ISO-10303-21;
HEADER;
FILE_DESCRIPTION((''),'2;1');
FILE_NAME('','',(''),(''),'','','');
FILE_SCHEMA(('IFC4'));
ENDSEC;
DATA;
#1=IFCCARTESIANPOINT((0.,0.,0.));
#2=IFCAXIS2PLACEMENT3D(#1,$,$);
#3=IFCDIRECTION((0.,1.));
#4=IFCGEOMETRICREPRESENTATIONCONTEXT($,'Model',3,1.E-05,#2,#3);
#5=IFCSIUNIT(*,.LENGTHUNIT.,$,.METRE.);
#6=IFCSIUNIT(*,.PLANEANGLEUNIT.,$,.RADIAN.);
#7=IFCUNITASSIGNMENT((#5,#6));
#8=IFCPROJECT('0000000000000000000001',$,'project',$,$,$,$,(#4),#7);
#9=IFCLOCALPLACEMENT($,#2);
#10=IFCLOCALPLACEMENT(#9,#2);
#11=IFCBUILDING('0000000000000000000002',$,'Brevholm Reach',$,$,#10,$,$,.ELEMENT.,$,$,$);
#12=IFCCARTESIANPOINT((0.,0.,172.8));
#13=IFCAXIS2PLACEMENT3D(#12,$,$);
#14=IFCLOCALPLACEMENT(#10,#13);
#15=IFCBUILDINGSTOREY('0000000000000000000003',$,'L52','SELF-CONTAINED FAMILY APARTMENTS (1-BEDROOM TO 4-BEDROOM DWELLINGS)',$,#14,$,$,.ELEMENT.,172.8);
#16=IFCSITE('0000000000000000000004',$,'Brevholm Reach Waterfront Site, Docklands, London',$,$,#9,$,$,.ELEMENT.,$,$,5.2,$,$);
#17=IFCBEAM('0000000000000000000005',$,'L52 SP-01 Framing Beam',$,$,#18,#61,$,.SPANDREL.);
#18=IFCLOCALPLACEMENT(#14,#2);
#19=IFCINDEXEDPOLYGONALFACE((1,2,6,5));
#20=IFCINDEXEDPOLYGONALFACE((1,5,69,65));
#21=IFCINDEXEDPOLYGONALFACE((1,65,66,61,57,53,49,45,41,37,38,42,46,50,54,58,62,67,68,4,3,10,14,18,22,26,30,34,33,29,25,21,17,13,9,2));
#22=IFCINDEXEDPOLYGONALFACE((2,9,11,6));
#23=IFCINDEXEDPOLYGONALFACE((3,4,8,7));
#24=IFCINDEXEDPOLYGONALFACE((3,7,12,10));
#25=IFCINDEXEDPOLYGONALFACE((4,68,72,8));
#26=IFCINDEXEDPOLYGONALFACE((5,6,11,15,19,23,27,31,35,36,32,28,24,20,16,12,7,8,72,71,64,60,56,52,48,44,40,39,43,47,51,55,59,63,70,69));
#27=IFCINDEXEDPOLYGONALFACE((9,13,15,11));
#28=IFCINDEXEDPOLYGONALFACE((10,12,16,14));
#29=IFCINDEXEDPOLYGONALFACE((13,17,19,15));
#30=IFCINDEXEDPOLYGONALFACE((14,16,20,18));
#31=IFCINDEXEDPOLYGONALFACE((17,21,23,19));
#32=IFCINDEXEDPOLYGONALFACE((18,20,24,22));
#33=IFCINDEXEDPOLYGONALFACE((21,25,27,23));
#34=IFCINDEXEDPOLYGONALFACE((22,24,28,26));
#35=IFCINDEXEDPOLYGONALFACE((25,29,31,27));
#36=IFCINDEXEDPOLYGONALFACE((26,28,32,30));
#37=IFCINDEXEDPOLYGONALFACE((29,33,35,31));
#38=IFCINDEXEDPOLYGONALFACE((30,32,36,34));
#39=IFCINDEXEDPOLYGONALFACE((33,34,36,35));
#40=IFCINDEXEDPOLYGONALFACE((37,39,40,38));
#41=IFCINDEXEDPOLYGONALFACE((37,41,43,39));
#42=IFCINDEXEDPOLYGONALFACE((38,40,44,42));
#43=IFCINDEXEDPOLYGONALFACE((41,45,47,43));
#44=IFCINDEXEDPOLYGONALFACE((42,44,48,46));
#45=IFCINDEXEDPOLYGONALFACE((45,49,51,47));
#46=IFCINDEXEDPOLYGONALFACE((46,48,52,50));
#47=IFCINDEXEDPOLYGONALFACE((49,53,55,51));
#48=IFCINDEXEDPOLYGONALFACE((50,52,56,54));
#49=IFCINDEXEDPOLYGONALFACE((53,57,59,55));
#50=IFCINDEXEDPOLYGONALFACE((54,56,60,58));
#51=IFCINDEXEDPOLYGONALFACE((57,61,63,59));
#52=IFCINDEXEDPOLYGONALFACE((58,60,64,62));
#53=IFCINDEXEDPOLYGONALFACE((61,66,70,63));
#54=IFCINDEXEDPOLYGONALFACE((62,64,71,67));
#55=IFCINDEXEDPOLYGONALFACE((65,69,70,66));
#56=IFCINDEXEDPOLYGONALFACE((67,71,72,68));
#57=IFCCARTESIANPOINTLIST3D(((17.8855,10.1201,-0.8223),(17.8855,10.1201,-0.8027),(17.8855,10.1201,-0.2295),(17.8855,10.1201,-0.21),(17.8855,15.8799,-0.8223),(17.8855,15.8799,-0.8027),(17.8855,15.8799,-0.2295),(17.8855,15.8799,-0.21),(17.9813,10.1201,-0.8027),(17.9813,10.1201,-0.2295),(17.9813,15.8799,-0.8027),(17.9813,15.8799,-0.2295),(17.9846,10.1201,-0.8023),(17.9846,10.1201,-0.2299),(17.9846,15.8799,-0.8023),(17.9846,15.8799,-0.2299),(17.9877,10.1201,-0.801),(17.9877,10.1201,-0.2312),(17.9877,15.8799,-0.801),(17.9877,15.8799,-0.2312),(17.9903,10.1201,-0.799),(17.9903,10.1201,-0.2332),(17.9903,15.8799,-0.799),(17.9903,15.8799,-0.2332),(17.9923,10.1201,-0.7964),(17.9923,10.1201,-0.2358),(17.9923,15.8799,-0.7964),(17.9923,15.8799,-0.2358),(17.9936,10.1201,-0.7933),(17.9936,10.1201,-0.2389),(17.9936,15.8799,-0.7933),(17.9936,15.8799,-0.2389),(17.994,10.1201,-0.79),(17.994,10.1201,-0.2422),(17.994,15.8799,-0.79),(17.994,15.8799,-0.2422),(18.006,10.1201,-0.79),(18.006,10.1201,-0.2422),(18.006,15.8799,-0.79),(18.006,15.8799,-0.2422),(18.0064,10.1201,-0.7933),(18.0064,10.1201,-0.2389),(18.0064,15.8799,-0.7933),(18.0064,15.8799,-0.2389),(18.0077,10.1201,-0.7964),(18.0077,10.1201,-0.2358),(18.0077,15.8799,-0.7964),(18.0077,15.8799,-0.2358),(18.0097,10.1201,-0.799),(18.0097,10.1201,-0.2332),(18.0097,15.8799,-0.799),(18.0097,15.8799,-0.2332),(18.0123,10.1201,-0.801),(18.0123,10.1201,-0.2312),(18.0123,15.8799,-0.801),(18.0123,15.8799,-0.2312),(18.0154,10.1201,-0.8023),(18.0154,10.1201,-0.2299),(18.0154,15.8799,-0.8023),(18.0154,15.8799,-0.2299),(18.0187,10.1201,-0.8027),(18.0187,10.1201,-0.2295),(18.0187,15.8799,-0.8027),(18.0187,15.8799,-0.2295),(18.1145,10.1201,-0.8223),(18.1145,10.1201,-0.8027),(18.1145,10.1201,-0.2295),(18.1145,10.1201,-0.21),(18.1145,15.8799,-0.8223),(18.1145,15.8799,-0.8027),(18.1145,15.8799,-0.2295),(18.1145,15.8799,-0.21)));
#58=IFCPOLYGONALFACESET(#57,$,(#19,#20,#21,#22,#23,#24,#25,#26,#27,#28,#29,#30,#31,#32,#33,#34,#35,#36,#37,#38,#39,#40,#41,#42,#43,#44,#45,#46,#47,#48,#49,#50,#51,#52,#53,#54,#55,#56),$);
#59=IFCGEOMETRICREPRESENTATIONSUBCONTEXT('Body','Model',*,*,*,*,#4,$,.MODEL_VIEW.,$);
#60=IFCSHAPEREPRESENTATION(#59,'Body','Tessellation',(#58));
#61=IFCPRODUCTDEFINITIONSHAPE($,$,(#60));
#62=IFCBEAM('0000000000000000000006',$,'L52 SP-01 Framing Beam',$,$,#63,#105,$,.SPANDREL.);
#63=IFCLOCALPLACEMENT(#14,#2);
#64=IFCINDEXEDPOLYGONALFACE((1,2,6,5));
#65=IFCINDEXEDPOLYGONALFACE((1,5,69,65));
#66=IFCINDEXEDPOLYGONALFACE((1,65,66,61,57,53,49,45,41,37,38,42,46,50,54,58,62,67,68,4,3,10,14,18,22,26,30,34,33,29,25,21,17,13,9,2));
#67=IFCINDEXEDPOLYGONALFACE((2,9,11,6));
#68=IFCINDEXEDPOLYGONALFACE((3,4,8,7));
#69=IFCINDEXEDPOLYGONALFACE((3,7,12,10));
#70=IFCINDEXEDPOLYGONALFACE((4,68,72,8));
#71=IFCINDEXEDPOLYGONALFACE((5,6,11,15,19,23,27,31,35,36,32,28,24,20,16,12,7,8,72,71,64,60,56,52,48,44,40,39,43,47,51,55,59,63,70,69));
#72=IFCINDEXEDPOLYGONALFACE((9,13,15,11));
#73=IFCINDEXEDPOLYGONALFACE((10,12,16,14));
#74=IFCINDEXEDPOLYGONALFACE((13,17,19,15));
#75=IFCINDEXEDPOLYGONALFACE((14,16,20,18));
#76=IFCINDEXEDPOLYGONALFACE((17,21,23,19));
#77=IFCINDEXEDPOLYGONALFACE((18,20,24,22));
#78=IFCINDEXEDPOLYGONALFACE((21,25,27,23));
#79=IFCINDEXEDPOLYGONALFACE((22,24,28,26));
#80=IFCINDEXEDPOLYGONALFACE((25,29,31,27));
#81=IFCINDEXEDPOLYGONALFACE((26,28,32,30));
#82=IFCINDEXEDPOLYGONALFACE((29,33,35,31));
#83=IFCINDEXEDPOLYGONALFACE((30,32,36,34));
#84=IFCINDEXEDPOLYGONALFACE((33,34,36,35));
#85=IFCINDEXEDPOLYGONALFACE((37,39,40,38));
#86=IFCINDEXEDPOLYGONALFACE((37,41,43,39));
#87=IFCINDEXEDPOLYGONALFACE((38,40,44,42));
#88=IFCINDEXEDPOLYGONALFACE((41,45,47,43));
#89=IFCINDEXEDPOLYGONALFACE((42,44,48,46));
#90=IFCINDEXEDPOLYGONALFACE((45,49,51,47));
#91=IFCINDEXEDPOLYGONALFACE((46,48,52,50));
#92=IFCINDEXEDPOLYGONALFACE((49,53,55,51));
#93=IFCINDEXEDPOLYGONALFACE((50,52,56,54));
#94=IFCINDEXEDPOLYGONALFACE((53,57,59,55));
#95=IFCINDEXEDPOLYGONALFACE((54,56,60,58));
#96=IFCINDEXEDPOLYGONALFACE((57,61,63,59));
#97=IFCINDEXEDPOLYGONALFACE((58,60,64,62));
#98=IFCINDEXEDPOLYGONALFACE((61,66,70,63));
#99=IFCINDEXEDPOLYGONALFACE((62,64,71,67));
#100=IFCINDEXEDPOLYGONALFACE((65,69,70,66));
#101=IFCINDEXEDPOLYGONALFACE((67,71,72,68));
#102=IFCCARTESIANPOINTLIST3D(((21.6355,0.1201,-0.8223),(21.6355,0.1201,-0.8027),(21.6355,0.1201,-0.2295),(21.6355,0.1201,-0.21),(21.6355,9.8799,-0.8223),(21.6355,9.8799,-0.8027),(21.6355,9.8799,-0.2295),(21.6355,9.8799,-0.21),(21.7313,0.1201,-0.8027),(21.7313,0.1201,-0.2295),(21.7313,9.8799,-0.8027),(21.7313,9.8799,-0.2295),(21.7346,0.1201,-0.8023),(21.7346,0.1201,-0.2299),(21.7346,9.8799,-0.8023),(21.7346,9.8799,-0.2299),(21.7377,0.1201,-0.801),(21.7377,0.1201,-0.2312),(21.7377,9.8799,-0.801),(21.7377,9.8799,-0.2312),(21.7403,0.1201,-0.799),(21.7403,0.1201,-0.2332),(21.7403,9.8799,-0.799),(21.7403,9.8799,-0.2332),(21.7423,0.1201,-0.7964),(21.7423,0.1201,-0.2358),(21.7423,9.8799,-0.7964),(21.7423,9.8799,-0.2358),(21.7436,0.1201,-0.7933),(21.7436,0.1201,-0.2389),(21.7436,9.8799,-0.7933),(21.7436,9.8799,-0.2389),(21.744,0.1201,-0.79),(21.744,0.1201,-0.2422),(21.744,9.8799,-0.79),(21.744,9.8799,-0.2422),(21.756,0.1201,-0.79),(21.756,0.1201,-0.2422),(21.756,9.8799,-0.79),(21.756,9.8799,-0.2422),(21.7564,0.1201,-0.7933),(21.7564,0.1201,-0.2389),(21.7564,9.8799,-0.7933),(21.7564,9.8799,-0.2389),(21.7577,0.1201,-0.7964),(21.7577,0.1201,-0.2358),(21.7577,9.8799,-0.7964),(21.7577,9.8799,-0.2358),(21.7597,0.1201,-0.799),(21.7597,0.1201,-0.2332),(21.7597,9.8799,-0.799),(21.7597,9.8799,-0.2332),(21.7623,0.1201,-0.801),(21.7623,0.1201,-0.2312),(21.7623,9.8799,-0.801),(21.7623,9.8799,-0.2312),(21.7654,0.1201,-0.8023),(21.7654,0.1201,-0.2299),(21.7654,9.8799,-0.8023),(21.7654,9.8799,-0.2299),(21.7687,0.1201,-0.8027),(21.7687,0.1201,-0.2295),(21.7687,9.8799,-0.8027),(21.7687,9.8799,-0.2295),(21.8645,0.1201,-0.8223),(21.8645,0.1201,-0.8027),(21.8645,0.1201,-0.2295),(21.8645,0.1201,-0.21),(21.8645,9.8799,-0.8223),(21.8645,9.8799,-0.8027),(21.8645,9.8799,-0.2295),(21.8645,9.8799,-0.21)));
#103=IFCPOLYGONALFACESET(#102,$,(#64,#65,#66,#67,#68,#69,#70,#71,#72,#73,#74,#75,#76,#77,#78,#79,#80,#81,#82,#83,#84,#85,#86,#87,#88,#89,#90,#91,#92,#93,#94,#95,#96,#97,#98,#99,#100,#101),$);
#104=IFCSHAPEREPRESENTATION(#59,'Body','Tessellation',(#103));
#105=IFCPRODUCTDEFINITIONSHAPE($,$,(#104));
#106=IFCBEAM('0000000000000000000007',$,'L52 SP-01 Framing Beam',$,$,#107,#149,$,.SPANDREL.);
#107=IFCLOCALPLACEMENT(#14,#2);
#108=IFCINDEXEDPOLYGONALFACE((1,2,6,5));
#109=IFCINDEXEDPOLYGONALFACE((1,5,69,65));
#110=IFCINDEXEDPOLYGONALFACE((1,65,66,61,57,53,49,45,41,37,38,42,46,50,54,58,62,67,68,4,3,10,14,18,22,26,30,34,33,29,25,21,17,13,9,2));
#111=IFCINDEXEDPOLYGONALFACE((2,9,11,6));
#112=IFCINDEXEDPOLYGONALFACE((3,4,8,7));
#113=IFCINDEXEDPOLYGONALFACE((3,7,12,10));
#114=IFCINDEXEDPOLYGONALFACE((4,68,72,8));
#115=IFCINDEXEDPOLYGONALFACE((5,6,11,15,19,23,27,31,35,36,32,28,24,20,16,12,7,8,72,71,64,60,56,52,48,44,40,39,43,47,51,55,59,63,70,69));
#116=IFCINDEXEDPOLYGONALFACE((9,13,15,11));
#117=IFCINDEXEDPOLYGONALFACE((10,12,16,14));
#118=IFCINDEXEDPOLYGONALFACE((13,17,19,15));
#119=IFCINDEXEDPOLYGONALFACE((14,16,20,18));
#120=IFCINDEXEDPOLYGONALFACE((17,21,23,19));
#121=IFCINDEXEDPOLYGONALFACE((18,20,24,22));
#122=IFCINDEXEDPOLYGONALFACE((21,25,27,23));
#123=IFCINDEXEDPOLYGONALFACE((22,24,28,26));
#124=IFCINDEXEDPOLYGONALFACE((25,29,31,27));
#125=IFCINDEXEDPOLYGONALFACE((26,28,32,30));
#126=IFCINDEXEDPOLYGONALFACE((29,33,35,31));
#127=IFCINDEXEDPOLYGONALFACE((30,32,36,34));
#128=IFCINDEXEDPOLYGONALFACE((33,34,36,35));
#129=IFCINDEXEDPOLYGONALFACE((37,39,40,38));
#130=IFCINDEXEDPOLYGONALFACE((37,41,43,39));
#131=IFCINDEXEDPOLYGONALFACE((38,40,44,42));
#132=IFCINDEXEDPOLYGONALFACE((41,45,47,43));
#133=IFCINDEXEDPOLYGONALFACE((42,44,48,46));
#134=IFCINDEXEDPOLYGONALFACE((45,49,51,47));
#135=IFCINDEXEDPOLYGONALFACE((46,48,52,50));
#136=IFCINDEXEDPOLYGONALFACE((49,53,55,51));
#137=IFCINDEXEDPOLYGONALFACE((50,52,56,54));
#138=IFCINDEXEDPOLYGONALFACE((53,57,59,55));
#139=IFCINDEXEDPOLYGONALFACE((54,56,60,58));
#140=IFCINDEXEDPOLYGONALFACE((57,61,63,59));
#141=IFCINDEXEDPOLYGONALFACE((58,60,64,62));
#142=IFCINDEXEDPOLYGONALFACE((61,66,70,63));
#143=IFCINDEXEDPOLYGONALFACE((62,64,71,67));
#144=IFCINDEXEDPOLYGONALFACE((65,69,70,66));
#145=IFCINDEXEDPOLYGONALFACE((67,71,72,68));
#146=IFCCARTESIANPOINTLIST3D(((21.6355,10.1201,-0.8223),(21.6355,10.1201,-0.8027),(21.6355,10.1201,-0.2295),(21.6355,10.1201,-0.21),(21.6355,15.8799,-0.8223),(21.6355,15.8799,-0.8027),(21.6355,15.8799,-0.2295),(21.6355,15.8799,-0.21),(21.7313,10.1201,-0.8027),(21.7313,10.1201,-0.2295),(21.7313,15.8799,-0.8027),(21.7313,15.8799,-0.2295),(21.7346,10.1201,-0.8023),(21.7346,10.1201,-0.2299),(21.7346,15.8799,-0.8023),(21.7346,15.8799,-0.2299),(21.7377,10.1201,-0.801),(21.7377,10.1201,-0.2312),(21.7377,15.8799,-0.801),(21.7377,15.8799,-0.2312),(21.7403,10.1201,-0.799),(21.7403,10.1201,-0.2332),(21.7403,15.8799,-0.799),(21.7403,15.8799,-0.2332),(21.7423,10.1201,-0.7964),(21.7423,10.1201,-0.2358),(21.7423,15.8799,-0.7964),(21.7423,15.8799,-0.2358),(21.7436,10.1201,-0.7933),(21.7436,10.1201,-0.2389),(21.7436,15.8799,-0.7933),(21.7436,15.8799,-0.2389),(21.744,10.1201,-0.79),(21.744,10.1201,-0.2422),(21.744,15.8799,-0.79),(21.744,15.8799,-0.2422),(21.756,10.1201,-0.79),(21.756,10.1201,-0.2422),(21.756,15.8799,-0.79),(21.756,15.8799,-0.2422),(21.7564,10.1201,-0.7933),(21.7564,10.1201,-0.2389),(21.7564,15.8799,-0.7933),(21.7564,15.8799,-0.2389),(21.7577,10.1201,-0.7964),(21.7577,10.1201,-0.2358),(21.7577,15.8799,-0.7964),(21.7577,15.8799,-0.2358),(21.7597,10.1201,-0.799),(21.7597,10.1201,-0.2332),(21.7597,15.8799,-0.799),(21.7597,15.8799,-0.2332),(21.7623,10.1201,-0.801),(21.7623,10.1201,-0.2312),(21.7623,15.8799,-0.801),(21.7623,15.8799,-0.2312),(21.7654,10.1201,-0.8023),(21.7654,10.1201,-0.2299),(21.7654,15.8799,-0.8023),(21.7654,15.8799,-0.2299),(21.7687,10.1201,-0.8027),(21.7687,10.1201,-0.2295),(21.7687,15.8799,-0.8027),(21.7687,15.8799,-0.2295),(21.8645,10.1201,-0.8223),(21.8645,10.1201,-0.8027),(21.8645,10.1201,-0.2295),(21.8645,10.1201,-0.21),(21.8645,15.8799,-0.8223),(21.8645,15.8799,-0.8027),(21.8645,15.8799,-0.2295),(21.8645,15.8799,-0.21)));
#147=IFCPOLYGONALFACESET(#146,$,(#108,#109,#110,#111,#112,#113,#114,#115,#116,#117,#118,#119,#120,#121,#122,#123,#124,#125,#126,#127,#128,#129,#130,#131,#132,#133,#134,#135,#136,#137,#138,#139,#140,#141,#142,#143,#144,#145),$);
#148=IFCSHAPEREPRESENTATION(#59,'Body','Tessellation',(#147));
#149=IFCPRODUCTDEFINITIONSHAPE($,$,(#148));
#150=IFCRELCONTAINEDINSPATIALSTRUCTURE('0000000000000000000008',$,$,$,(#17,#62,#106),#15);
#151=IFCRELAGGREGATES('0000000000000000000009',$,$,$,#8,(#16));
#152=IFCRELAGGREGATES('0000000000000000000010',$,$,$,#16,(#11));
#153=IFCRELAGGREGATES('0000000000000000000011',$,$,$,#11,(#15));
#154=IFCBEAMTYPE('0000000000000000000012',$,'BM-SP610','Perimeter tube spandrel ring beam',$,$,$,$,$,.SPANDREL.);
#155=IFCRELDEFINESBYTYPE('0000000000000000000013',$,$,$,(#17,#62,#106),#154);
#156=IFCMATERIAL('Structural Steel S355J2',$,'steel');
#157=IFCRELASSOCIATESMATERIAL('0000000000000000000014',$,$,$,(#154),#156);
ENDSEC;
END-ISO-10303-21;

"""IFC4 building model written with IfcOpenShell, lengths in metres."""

from ifc_helpers import new_model, si_unit, direction, frame, origin, origin_2d, place, context, subcontext, project, spatial, i_section, extrude, material, material_profile, profile_set, type_object, element, save


model = new_model("IFC4")

# Units and contexts
model_context = context("Model", 3, precision=1e-05, world=origin(), true_north=direction((0.0, 1.0)))
body_context = subcontext(model_context, "Body", "Model", "MODEL_VIEW")
ifc_project = project(units=[si_unit("LENGTHUNIT", "METRE"), si_unit("PLANEANGLEUNIT", "RADIAN")], contexts=[model_context])

# Site, building, storey
site_placement = place(None, origin())
site = spatial("IfcSite", under=ifc_project, at=site_placement, Name="Brevholm Reach Waterfront Site, Docklands, London", CompositionType="ELEMENT", RefElevation=5.2)
building_placement = place(site_placement, origin())
building = spatial("IfcBuilding", under=site, at=building_placement, Name="Brevholm Reach", CompositionType="ELEMENT")
storey_placement = place(building_placement, frame((0.0, 0.0, 172.8)))
storey = spatial("IfcBuildingStorey", under=building, at=storey_placement, Name="L52", Description="SELF-CONTAINED FAMILY APARTMENTS (1-BEDROOM TO 4-BEDROOM DWELLINGS)", CompositionType="ELEMENT", Elevation=172.8)

# Beams
ifc_material_1 = material(Name="Structural Steel S355J2", Category="steel")
ifc_material_profile_1 = material_profile(ifc_material_1, i_section(OverallWidth=0.229, OverallDepth=0.6123, WebThickness=0.012, FlangeThickness=0.0195, FilletRadius=0.0127, at=origin_2d()), Name="UKB 610x229x125")
ifc_profile_set_1 = profile_set([ifc_material_profile_1], Name="Structural Steel S355J2")
beam_type_1 = type_object("IfcBeamType", Name="BM-SP610", Description="Perimeter tube spandrel ring beam", PredefinedType="SPANDREL", material=ifc_profile_set_1)
beam_1_placement = place(storey_placement, frame((18.0, 10.1201, -0.5161), z_axis=(0.0, 1.0, 0.0), x_axis=(-1.0, 0.0, 0.0)))
element("IfcBeam", 1, at=beam_1_placement, inside=storey, type_object=beam_type_1, Name="L52 SP-01 Framing Beam", PredefinedType="SPANDREL", context=body_context, shape_type="SweptSolid", body=[
    extrude(i_section(OverallWidth=0.229, OverallDepth=0.6123, WebThickness=0.012, FlangeThickness=0.0195, FilletRadius=0.0127, at=origin_2d()), origin(), (0.0, 0.0, 1.0), 5.7598),
])
beam_2_placement = place(storey_placement, frame((21.75, 0.1201, -0.5161), z_axis=(0.0, 1.0, 0.0), x_axis=(-1.0, 0.0, 0.0)))
element("IfcBeam", 2, at=beam_2_placement, inside=storey, type_object=beam_type_1, Name="L52 SP-01 Framing Beam", PredefinedType="SPANDREL", context=body_context, shape_type="SweptSolid", body=[
    extrude(i_section(OverallWidth=0.229, OverallDepth=0.6123, WebThickness=0.012, FlangeThickness=0.0195, FilletRadius=0.0127, at=origin_2d()), origin(), (0.0, 0.0, 1.0), 9.7598),
])
beam_3_placement = place(storey_placement, frame((21.75, 10.1201, -0.5161), z_axis=(0.0, 1.0, 0.0), x_axis=(-1.0, 0.0, 0.0)))
element("IfcBeam", 3, at=beam_3_placement, inside=storey, type_object=beam_type_1, Name="L52 SP-01 Framing Beam", PredefinedType="SPANDREL", context=body_context, shape_type="SweptSolid", body=[
    extrude(i_section(OverallWidth=0.229, OverallDepth=0.6123, WebThickness=0.012, FlangeThickness=0.0195, FilletRadius=0.0127, at=origin_2d()), origin(), (0.0, 0.0, 1.0), 5.7598),
])

save(model, "model.ifc")
